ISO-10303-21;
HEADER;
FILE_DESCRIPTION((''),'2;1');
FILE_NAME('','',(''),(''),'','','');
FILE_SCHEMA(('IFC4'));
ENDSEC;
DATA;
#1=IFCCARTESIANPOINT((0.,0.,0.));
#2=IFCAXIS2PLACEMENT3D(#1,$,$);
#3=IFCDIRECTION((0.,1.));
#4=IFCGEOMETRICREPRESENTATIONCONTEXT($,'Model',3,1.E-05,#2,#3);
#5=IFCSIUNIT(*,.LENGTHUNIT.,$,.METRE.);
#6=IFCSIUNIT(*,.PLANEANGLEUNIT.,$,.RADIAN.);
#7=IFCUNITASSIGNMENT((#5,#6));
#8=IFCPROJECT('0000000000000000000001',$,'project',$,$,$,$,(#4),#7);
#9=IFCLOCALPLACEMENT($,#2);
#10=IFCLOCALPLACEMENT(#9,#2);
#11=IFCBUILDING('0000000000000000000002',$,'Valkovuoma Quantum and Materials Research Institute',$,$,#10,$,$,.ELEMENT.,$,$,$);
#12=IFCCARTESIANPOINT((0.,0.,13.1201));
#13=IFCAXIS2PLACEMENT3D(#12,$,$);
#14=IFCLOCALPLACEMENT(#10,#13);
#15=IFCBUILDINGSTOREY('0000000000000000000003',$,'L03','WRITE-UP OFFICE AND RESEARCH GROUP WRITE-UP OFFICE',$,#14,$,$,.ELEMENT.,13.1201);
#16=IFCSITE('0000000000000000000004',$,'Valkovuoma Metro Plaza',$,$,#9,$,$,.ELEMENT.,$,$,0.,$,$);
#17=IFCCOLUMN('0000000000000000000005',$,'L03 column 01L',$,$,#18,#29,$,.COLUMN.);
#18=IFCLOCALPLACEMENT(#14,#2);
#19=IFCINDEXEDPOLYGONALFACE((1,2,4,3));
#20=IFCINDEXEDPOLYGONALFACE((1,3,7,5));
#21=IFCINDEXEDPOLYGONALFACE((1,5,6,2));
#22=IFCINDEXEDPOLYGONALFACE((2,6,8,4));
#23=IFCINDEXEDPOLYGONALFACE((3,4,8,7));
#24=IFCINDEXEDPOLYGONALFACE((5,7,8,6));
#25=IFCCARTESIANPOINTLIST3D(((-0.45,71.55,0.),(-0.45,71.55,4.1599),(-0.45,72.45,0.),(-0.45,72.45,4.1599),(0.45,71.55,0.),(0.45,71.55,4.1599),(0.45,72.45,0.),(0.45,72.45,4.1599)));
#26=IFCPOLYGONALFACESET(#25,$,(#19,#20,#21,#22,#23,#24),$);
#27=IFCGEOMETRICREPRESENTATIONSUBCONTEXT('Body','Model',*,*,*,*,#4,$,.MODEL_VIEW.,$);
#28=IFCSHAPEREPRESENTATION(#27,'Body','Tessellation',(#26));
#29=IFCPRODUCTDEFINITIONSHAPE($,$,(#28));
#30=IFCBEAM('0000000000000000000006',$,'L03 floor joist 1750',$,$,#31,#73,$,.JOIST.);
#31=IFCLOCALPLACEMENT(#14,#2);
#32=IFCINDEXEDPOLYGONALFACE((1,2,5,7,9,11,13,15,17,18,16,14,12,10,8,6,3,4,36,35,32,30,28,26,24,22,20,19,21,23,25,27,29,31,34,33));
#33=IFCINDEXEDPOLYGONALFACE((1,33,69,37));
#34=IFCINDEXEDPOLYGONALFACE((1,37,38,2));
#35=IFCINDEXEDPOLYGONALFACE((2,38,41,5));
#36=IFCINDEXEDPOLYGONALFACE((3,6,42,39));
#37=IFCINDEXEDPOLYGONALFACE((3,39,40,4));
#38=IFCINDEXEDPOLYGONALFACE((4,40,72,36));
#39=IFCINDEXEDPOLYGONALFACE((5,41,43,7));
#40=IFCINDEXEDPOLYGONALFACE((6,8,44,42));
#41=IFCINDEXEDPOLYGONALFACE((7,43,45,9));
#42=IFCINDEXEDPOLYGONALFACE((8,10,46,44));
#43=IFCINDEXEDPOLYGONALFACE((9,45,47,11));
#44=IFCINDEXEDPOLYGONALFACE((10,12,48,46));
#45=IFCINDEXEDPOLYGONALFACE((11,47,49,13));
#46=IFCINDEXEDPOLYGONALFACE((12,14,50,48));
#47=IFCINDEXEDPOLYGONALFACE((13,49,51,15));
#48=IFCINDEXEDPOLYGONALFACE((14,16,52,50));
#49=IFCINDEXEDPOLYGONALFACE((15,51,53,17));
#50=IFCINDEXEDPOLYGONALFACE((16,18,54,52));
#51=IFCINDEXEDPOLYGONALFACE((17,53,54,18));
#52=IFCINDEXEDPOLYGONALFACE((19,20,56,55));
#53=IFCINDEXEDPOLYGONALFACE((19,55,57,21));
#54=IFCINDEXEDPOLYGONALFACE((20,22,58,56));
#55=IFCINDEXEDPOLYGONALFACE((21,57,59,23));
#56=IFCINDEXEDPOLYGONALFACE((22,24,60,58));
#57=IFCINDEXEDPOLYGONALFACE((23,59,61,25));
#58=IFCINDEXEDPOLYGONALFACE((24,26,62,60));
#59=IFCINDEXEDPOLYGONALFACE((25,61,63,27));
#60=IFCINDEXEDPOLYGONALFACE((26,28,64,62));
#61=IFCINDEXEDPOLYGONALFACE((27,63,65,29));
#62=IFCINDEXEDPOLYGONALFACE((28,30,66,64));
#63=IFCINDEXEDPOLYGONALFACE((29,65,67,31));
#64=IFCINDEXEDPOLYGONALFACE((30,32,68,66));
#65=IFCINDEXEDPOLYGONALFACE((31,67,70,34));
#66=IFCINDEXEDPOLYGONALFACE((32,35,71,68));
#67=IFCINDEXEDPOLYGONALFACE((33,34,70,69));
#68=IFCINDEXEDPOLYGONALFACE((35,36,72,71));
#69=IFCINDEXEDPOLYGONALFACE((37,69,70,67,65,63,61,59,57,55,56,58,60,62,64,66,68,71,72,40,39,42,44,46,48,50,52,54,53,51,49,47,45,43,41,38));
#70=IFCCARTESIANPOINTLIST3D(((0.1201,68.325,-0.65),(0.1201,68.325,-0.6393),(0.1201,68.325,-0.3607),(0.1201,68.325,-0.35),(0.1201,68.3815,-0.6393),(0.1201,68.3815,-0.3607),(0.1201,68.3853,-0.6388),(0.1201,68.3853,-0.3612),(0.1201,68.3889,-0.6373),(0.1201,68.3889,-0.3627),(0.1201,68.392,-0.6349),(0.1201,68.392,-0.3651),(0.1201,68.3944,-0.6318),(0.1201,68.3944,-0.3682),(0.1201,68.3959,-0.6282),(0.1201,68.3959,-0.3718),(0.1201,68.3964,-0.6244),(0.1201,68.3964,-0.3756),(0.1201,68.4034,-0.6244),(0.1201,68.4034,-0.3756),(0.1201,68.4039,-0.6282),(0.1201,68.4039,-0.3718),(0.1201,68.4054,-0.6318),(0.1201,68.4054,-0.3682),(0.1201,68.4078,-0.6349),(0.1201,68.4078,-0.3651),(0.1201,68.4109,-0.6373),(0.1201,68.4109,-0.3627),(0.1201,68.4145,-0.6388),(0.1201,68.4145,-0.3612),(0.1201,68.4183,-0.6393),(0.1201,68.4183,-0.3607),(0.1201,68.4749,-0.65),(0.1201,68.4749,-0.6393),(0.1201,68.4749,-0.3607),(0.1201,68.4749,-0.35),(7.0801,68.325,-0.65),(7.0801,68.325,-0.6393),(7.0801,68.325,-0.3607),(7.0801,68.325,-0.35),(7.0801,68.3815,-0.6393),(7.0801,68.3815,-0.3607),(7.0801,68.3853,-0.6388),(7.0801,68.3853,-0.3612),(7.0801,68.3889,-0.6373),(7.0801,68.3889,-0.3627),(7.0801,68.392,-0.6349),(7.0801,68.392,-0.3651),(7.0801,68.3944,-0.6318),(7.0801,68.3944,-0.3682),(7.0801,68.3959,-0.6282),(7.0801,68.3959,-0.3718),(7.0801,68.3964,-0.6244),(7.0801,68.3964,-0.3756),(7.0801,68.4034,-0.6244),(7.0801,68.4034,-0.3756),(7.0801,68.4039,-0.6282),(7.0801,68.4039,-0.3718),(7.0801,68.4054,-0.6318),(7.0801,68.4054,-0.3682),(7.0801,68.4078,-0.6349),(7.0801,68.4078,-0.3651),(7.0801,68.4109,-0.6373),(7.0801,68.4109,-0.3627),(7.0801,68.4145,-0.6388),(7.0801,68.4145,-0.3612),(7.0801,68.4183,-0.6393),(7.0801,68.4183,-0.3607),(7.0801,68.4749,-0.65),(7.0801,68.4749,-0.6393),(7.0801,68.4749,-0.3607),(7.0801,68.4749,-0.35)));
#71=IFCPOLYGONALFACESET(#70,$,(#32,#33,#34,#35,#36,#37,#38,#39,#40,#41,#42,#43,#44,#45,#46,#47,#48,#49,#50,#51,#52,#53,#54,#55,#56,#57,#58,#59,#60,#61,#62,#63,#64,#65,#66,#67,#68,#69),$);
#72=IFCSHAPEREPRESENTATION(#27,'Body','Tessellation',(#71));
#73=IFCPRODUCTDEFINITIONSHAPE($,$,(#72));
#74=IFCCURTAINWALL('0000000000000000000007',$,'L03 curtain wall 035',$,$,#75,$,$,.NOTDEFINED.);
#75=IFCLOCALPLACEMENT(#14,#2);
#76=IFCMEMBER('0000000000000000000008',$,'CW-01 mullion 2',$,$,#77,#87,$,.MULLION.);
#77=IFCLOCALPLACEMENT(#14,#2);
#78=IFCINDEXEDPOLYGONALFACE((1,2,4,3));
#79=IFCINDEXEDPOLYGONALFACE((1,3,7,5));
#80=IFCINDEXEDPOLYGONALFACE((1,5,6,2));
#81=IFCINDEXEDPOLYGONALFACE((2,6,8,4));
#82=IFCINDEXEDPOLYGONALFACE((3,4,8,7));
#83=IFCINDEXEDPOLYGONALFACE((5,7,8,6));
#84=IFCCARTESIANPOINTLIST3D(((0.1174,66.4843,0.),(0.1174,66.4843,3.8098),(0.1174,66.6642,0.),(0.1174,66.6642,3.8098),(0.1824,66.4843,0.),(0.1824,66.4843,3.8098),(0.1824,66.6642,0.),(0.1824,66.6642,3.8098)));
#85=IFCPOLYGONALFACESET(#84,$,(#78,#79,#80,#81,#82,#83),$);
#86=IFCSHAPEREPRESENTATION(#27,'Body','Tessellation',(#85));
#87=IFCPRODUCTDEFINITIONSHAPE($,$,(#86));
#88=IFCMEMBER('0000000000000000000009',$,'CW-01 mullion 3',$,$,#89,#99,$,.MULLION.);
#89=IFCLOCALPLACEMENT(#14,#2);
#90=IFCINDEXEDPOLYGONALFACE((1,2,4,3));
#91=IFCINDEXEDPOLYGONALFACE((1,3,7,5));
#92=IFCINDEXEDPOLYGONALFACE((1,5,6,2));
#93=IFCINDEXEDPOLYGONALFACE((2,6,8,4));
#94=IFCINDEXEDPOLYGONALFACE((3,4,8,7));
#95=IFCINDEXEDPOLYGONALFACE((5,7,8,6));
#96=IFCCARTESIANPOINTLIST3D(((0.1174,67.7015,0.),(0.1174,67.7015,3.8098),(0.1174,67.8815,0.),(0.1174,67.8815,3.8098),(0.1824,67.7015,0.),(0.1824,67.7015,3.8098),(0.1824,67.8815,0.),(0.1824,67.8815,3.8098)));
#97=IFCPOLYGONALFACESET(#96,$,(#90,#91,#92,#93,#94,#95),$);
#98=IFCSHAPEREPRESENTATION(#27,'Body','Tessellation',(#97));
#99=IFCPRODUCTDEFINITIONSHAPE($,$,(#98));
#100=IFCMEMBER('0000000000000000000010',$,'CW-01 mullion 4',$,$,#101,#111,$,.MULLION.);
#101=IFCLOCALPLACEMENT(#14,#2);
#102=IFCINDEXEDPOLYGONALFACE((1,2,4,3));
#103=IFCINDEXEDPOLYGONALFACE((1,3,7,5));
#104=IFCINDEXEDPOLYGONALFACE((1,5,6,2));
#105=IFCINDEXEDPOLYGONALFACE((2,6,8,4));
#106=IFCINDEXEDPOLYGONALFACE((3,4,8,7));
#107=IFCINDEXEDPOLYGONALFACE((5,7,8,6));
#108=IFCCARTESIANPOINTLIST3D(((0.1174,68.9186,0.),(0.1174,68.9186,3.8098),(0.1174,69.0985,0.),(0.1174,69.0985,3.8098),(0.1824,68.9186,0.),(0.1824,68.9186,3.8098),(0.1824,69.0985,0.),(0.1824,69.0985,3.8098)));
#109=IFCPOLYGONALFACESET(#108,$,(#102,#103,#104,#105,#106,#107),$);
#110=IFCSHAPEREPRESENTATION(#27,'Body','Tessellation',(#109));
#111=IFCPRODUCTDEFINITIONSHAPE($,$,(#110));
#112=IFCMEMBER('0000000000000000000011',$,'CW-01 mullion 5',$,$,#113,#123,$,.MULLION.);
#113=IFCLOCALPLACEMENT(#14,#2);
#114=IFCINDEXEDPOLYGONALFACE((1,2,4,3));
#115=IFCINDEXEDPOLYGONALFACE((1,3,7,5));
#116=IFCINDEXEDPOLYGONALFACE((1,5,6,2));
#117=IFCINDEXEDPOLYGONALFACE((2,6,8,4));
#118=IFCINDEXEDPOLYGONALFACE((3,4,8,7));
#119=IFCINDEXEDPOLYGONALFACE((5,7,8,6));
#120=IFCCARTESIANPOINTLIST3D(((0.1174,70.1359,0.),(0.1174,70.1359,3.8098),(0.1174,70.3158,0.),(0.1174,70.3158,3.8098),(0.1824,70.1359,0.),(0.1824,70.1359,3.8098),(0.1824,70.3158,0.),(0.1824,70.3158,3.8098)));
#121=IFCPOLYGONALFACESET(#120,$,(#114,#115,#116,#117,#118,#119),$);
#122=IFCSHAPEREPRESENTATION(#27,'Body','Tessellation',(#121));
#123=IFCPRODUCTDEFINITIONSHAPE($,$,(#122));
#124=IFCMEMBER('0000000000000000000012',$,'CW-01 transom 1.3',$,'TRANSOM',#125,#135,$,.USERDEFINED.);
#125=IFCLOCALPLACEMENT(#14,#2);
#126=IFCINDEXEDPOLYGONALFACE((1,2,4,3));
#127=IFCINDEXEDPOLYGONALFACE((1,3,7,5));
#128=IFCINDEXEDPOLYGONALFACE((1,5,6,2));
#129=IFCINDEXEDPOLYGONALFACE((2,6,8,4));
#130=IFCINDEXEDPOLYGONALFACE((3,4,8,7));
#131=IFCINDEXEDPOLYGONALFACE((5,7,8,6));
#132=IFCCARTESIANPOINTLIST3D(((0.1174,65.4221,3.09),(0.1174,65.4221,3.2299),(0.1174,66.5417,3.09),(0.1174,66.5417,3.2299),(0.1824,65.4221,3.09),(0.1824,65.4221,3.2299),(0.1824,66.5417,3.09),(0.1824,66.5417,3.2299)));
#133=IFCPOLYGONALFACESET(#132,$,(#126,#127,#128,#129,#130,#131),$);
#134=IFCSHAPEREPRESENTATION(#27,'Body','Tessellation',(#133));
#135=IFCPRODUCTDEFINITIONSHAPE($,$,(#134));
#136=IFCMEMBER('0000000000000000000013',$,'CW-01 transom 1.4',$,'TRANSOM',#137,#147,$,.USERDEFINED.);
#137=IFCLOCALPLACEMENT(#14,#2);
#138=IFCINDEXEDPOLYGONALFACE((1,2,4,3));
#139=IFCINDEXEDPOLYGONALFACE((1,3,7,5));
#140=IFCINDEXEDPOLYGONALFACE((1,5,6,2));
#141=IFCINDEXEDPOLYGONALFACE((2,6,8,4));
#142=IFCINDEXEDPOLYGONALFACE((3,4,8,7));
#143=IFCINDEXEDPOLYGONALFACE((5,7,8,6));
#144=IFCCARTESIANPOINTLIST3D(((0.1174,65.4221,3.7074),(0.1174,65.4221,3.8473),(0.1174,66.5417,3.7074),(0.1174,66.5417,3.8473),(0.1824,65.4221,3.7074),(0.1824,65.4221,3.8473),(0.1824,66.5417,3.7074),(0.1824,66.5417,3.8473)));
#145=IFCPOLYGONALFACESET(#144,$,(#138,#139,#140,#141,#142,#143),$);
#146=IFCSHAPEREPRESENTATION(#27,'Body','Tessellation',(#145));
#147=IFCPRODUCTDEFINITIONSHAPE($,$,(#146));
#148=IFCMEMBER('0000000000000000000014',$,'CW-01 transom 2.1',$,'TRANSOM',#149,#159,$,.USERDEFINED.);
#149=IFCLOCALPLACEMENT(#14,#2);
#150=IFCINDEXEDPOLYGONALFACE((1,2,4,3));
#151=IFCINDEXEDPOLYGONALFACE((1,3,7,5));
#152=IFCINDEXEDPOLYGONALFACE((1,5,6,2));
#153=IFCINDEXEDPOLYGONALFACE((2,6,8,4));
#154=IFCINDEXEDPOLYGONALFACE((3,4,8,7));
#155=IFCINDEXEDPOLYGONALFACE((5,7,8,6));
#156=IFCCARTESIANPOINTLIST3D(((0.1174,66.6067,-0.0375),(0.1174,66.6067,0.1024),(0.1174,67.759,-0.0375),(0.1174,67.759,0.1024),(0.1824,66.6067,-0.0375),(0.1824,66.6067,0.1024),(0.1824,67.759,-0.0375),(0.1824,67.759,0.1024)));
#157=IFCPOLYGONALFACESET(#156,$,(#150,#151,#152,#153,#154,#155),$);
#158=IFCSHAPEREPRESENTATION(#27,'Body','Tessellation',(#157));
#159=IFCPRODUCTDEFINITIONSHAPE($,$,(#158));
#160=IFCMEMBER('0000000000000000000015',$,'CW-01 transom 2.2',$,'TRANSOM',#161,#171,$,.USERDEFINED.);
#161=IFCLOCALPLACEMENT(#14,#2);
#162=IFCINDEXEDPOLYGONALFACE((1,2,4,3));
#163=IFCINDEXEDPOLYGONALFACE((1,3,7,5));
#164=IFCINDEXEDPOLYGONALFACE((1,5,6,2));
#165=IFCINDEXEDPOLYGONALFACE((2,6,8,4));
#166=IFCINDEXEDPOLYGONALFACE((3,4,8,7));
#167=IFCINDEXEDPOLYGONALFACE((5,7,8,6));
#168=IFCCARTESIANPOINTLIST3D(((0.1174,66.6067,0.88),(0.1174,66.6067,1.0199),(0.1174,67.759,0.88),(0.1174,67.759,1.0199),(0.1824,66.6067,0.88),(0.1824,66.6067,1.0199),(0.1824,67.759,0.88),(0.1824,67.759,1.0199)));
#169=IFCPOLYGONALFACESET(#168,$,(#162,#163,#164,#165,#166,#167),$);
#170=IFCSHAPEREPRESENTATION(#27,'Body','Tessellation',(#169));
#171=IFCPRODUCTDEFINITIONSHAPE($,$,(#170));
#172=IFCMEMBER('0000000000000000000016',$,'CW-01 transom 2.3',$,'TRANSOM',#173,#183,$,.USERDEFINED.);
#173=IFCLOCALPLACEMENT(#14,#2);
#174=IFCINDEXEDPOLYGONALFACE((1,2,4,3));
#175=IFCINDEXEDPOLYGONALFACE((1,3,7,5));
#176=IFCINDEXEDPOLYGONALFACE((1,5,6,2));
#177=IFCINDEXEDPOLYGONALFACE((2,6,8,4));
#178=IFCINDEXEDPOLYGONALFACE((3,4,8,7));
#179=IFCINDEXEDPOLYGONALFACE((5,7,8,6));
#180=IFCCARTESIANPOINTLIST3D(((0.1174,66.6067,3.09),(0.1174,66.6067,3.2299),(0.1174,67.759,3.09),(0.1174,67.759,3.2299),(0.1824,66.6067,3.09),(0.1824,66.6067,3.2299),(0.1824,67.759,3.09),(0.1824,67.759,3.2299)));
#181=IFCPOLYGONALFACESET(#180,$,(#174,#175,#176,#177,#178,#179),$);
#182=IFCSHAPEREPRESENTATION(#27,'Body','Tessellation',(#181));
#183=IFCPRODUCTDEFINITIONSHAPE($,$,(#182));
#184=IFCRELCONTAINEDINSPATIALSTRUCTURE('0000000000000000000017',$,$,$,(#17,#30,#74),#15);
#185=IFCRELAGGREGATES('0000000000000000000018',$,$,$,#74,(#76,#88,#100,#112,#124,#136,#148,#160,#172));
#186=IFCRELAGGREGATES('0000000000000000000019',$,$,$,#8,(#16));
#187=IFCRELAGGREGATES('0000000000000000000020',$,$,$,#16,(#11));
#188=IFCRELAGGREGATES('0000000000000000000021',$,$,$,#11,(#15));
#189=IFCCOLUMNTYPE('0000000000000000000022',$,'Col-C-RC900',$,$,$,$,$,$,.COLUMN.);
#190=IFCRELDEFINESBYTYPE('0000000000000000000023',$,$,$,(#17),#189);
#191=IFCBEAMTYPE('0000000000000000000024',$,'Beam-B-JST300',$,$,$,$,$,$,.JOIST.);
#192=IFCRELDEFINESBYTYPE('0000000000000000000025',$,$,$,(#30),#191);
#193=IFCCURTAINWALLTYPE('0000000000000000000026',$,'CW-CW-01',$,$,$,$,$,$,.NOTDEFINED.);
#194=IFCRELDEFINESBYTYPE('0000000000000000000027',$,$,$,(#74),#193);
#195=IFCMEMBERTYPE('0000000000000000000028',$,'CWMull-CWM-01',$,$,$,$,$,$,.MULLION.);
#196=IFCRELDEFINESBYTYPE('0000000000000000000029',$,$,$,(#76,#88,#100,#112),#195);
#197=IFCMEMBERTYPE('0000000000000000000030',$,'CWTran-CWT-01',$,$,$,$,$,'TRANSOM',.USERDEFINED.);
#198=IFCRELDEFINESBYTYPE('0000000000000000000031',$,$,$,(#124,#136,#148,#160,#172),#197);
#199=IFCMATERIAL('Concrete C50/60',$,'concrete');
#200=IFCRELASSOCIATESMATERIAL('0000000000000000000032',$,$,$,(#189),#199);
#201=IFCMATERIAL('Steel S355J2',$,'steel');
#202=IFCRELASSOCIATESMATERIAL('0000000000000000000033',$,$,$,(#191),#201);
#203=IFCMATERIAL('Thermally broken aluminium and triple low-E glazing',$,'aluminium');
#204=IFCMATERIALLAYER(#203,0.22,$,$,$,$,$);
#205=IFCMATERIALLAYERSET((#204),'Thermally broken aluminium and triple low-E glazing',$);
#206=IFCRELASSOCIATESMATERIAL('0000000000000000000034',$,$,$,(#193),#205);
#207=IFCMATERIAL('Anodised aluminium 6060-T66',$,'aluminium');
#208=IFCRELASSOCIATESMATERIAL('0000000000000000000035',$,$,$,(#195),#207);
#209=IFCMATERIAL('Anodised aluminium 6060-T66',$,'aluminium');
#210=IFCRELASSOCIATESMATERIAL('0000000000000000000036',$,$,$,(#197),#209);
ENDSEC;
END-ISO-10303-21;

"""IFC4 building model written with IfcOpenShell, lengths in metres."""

from ifc_helpers import new_model, si_unit, direction, frame, origin, origin_2d, place, context, subcontext, project, spatial, rectangle, i_section, extrude, material, layer, layer_set, material_profile, profile_set, type_object, element, aggregate, save


model = new_model("IFC4")

# Units and contexts
model_context = context("Model", 3, precision=1e-05, world=origin(), true_north=direction((0.0, 1.0)))
body_context = subcontext(model_context, "Body", "Model", "MODEL_VIEW")
ifc_project = project(units=[si_unit("LENGTHUNIT", "METRE"), si_unit("PLANEANGLEUNIT", "RADIAN")], contexts=[model_context])

# Site, building, storey
site_placement = place(None, origin())
site = spatial("IfcSite", under=ifc_project, at=site_placement, Name="Valkovuoma Metro Plaza", CompositionType="ELEMENT", RefElevation=0.0)
building_placement = place(site_placement, origin())
building = spatial("IfcBuilding", under=site, at=building_placement, Name="Valkovuoma Quantum and Materials Research Institute", CompositionType="ELEMENT")
storey_placement = place(building_placement, frame((0.0, 0.0, 13.1201)))
storey = spatial("IfcBuildingStorey", under=building, at=storey_placement, Name="L03", Description="WRITE-UP OFFICE AND RESEARCH GROUP WRITE-UP OFFICE", CompositionType="ELEMENT", Elevation=13.1201)

# Column
ifc_material_1 = material(Name="Concrete C50/60", Category="concrete")
ifc_material_profile_1 = material_profile(ifc_material_1, rectangle(XDim=0.8999, YDim=0.8999, at=origin_2d()), Name="Concrete C50/60")
ifc_profile_set_1 = profile_set([ifc_material_profile_1], Name="Concrete C50/60")
column_type = type_object("IfcColumnType", Name="Col-C-RC900", PredefinedType="COLUMN", material=ifc_profile_set_1)
column_placement = place(storey_placement, frame((0.0, 72.0, 0.0), z_axis=(0.0, 0.0, 1.0), x_axis=(1.0, 0.0, 0.0)))
element("IfcColumn", 1, at=column_placement, inside=storey, type_object=column_type, Name="L03 column 01L", PredefinedType="COLUMN", context=body_context, shape_type="SweptSolid", body=[
    extrude(rectangle(XDim=0.8999, YDim=0.8999, at=origin_2d()), origin(), (0.0, 0.0, 1.0), 4.1599),
])

# Beam
ifc_material_2 = material(Name="Steel S355J2", Category="steel")
ifc_material_profile_2 = material_profile(ifc_material_2, i_section(OverallWidth=0.1499, OverallDepth=0.3, WebThickness=0.0071, FlangeThickness=0.0107, FilletRadius=0.0149, at=origin_2d()), Name="Steel S355J2")
ifc_profile_set_2 = profile_set([ifc_material_profile_2], Name="Steel S355J2")
beam_type = type_object("IfcBeamType", Name="Beam-B-JST300", PredefinedType="JOIST", material=ifc_profile_set_2)
beam_placement = place(storey_placement, frame((0.1201, 68.3999, -0.5), z_axis=(1.0, 0.0, 0.0), x_axis=(0.0, 1.0, 0.0)))
element("IfcBeam", 2, at=beam_placement, inside=storey, type_object=beam_type, Name="L03 floor joist 1750", PredefinedType="JOIST", context=body_context, shape_type="SweptSolid", body=[
    extrude(i_section(OverallWidth=0.1499, OverallDepth=0.3, WebThickness=0.0071, FlangeThickness=0.0107, FilletRadius=0.0149, at=origin_2d()), origin(), (0.0, 0.0, 1.0), 6.96),
])

# Curtain wall, members
ifc_material_3 = material(Name="Thermally broken aluminium and triple low-E glazing", Category="aluminium")
ifc_layer_1 = layer(ifc_material_3, 0.22)
ifc_layer_set_1 = layer_set([ifc_layer_1], Name="Thermally broken aluminium and triple low-E glazing")
curtain_wall_type = type_object("IfcCurtainWallType", Name="CW-CW-01", PredefinedType="NOTDEFINED", material=ifc_layer_set_1)
curtain_wall_placement = place(storey_placement, origin())
curtain_wall = element("IfcCurtainWall", 3, at=curtain_wall_placement, inside=storey, type_object=curtain_wall_type, Name="L03 curtain wall 035", PredefinedType="NOTDEFINED")
ifc_material_4 = material(Name="Anodised aluminium 6060-T66", Category="aluminium")
ifc_material_profile_3 = material_profile(ifc_material_4, rectangle(XDim=0.0649, YDim=0.1799, at=origin_2d()), Name="Anodised aluminium 6060-T66")
ifc_profile_set_3 = profile_set([ifc_material_profile_3], Name="Anodised aluminium 6060-T66")
member_type_1 = type_object("IfcMemberType", Name="CWMull-CWM-01", PredefinedType="MULLION", material=ifc_profile_set_3)
member_1_placement = place(storey_placement, frame((0.1499, 66.5742, 0.0), z_axis=(0.0, 0.0, 1.0), x_axis=(-1.0, 0.0, 0.0)))
member_1 = element("IfcMember", 4, at=member_1_placement, type_object=member_type_1, Name="CW-01 mullion 2", PredefinedType="MULLION", context=body_context, shape_type="SweptSolid", body=[
    extrude(rectangle(XDim=0.0649, YDim=0.1799, at=origin_2d()), origin(), (0.0, 0.0, 1.0), 3.8098),
])
member_2_placement = place(storey_placement, frame((0.1499, 67.7915, 0.0), z_axis=(0.0, 0.0, 1.0), x_axis=(-1.0, 0.0, 0.0)))
member_2 = element("IfcMember", 5, at=member_2_placement, type_object=member_type_1, Name="CW-01 mullion 3", PredefinedType="MULLION", context=body_context, shape_type="SweptSolid", body=[
    extrude(rectangle(XDim=0.0649, YDim=0.1799, at=origin_2d()), origin(), (0.0, 0.0, 1.0), 3.8098),
])
member_3_placement = place(storey_placement, frame((0.1499, 69.0085, 0.0), z_axis=(0.0, 0.0, 1.0), x_axis=(-1.0, 0.0, 0.0)))
member_3 = element("IfcMember", 6, at=member_3_placement, type_object=member_type_1, Name="CW-01 mullion 4", PredefinedType="MULLION", context=body_context, shape_type="SweptSolid", body=[
    extrude(rectangle(XDim=0.0649, YDim=0.1799, at=origin_2d()), origin(), (0.0, 0.0, 1.0), 3.8098),
])
member_4_placement = place(storey_placement, frame((0.1499, 70.2258, 0.0), z_axis=(0.0, 0.0, 1.0), x_axis=(-1.0, 0.0, 0.0)))
member_4 = element("IfcMember", 7, at=member_4_placement, type_object=member_type_1, Name="CW-01 mullion 5", PredefinedType="MULLION", context=body_context, shape_type="SweptSolid", body=[
    extrude(rectangle(XDim=0.0649, YDim=0.1799, at=origin_2d()), origin(), (0.0, 0.0, 1.0), 3.8098),
])
ifc_material_5 = material(Name="Anodised aluminium 6060-T66", Category="aluminium")
ifc_material_profile_4 = material_profile(ifc_material_5, rectangle(XDim=0.0649, YDim=0.1399, at=origin_2d()), Name="Anodised aluminium 6060-T66")
ifc_profile_set_4 = profile_set([ifc_material_profile_4], Name="Anodised aluminium 6060-T66")
member_type_2 = type_object("IfcMemberType", Name="CWTran-CWT-01", ElementType="TRANSOM", PredefinedType="USERDEFINED", material=ifc_profile_set_4)
member_5_placement = place(storey_placement, frame((0.1499, 65.4221, 3.1599), z_axis=(0.0, 1.0, 0.0), x_axis=(-1.0, 0.0, 0.0)))
member_5 = element("IfcMember", 8, at=member_5_placement, type_object=member_type_2, Name="CW-01 transom 1.3", ObjectType="TRANSOM", PredefinedType="USERDEFINED", context=body_context, shape_type="SweptSolid", body=[
    extrude(rectangle(XDim=0.0649, YDim=0.1399, at=origin_2d()), origin(), (0.0, 0.0, 1.0), 1.1196),
])
member_6_placement = place(storey_placement, frame((0.1499, 65.4221, 3.7773), z_axis=(0.0, 1.0, 0.0), x_axis=(-1.0, 0.0, 0.0)))
member_6 = element("IfcMember", 9, at=member_6_placement, type_object=member_type_2, Name="CW-01 transom 1.4", ObjectType="TRANSOM", PredefinedType="USERDEFINED", context=body_context, shape_type="SweptSolid", body=[
    extrude(rectangle(XDim=0.0649, YDim=0.1399, at=origin_2d()), origin(), (0.0, 0.0, 1.0), 1.1196),
])
member_7_placement = place(storey_placement, frame((0.1499, 66.6067, 0.0325), z_axis=(0.0, 1.0, 0.0), x_axis=(-1.0, 0.0, 0.0)))
member_7 = element("IfcMember", 10, at=member_7_placement, type_object=member_type_2, Name="CW-01 transom 2.1", ObjectType="TRANSOM", PredefinedType="USERDEFINED", context=body_context, shape_type="SweptSolid", body=[
    extrude(rectangle(XDim=0.0649, YDim=0.1399, at=origin_2d()), origin(), (0.0, 0.0, 1.0), 1.1523),
])
member_8_placement = place(storey_placement, frame((0.1499, 66.6067, 0.95), z_axis=(0.0, 1.0, 0.0), x_axis=(-1.0, 0.0, 0.0)))
member_8 = element("IfcMember", 11, at=member_8_placement, type_object=member_type_2, Name="CW-01 transom 2.2", ObjectType="TRANSOM", PredefinedType="USERDEFINED", context=body_context, shape_type="SweptSolid", body=[
    extrude(rectangle(XDim=0.0649, YDim=0.1399, at=origin_2d()), origin(), (0.0, 0.0, 1.0), 1.1523),
])
member_9_placement = place(storey_placement, frame((0.1499, 66.6067, 3.1599), z_axis=(0.0, 1.0, 0.0), x_axis=(-1.0, 0.0, 0.0)))
member_9 = element("IfcMember", 12, at=member_9_placement, type_object=member_type_2, Name="CW-01 transom 2.3", ObjectType="TRANSOM", PredefinedType="USERDEFINED", context=body_context, shape_type="SweptSolid", body=[
    extrude(rectangle(XDim=0.0649, YDim=0.1399, at=origin_2d()), origin(), (0.0, 0.0, 1.0), 1.1523),
])
aggregate(curtain_wall, [member_1, member_2, member_3, member_4, member_5, member_6, member_7, member_8, member_9])

save(model, "model.ifc")
